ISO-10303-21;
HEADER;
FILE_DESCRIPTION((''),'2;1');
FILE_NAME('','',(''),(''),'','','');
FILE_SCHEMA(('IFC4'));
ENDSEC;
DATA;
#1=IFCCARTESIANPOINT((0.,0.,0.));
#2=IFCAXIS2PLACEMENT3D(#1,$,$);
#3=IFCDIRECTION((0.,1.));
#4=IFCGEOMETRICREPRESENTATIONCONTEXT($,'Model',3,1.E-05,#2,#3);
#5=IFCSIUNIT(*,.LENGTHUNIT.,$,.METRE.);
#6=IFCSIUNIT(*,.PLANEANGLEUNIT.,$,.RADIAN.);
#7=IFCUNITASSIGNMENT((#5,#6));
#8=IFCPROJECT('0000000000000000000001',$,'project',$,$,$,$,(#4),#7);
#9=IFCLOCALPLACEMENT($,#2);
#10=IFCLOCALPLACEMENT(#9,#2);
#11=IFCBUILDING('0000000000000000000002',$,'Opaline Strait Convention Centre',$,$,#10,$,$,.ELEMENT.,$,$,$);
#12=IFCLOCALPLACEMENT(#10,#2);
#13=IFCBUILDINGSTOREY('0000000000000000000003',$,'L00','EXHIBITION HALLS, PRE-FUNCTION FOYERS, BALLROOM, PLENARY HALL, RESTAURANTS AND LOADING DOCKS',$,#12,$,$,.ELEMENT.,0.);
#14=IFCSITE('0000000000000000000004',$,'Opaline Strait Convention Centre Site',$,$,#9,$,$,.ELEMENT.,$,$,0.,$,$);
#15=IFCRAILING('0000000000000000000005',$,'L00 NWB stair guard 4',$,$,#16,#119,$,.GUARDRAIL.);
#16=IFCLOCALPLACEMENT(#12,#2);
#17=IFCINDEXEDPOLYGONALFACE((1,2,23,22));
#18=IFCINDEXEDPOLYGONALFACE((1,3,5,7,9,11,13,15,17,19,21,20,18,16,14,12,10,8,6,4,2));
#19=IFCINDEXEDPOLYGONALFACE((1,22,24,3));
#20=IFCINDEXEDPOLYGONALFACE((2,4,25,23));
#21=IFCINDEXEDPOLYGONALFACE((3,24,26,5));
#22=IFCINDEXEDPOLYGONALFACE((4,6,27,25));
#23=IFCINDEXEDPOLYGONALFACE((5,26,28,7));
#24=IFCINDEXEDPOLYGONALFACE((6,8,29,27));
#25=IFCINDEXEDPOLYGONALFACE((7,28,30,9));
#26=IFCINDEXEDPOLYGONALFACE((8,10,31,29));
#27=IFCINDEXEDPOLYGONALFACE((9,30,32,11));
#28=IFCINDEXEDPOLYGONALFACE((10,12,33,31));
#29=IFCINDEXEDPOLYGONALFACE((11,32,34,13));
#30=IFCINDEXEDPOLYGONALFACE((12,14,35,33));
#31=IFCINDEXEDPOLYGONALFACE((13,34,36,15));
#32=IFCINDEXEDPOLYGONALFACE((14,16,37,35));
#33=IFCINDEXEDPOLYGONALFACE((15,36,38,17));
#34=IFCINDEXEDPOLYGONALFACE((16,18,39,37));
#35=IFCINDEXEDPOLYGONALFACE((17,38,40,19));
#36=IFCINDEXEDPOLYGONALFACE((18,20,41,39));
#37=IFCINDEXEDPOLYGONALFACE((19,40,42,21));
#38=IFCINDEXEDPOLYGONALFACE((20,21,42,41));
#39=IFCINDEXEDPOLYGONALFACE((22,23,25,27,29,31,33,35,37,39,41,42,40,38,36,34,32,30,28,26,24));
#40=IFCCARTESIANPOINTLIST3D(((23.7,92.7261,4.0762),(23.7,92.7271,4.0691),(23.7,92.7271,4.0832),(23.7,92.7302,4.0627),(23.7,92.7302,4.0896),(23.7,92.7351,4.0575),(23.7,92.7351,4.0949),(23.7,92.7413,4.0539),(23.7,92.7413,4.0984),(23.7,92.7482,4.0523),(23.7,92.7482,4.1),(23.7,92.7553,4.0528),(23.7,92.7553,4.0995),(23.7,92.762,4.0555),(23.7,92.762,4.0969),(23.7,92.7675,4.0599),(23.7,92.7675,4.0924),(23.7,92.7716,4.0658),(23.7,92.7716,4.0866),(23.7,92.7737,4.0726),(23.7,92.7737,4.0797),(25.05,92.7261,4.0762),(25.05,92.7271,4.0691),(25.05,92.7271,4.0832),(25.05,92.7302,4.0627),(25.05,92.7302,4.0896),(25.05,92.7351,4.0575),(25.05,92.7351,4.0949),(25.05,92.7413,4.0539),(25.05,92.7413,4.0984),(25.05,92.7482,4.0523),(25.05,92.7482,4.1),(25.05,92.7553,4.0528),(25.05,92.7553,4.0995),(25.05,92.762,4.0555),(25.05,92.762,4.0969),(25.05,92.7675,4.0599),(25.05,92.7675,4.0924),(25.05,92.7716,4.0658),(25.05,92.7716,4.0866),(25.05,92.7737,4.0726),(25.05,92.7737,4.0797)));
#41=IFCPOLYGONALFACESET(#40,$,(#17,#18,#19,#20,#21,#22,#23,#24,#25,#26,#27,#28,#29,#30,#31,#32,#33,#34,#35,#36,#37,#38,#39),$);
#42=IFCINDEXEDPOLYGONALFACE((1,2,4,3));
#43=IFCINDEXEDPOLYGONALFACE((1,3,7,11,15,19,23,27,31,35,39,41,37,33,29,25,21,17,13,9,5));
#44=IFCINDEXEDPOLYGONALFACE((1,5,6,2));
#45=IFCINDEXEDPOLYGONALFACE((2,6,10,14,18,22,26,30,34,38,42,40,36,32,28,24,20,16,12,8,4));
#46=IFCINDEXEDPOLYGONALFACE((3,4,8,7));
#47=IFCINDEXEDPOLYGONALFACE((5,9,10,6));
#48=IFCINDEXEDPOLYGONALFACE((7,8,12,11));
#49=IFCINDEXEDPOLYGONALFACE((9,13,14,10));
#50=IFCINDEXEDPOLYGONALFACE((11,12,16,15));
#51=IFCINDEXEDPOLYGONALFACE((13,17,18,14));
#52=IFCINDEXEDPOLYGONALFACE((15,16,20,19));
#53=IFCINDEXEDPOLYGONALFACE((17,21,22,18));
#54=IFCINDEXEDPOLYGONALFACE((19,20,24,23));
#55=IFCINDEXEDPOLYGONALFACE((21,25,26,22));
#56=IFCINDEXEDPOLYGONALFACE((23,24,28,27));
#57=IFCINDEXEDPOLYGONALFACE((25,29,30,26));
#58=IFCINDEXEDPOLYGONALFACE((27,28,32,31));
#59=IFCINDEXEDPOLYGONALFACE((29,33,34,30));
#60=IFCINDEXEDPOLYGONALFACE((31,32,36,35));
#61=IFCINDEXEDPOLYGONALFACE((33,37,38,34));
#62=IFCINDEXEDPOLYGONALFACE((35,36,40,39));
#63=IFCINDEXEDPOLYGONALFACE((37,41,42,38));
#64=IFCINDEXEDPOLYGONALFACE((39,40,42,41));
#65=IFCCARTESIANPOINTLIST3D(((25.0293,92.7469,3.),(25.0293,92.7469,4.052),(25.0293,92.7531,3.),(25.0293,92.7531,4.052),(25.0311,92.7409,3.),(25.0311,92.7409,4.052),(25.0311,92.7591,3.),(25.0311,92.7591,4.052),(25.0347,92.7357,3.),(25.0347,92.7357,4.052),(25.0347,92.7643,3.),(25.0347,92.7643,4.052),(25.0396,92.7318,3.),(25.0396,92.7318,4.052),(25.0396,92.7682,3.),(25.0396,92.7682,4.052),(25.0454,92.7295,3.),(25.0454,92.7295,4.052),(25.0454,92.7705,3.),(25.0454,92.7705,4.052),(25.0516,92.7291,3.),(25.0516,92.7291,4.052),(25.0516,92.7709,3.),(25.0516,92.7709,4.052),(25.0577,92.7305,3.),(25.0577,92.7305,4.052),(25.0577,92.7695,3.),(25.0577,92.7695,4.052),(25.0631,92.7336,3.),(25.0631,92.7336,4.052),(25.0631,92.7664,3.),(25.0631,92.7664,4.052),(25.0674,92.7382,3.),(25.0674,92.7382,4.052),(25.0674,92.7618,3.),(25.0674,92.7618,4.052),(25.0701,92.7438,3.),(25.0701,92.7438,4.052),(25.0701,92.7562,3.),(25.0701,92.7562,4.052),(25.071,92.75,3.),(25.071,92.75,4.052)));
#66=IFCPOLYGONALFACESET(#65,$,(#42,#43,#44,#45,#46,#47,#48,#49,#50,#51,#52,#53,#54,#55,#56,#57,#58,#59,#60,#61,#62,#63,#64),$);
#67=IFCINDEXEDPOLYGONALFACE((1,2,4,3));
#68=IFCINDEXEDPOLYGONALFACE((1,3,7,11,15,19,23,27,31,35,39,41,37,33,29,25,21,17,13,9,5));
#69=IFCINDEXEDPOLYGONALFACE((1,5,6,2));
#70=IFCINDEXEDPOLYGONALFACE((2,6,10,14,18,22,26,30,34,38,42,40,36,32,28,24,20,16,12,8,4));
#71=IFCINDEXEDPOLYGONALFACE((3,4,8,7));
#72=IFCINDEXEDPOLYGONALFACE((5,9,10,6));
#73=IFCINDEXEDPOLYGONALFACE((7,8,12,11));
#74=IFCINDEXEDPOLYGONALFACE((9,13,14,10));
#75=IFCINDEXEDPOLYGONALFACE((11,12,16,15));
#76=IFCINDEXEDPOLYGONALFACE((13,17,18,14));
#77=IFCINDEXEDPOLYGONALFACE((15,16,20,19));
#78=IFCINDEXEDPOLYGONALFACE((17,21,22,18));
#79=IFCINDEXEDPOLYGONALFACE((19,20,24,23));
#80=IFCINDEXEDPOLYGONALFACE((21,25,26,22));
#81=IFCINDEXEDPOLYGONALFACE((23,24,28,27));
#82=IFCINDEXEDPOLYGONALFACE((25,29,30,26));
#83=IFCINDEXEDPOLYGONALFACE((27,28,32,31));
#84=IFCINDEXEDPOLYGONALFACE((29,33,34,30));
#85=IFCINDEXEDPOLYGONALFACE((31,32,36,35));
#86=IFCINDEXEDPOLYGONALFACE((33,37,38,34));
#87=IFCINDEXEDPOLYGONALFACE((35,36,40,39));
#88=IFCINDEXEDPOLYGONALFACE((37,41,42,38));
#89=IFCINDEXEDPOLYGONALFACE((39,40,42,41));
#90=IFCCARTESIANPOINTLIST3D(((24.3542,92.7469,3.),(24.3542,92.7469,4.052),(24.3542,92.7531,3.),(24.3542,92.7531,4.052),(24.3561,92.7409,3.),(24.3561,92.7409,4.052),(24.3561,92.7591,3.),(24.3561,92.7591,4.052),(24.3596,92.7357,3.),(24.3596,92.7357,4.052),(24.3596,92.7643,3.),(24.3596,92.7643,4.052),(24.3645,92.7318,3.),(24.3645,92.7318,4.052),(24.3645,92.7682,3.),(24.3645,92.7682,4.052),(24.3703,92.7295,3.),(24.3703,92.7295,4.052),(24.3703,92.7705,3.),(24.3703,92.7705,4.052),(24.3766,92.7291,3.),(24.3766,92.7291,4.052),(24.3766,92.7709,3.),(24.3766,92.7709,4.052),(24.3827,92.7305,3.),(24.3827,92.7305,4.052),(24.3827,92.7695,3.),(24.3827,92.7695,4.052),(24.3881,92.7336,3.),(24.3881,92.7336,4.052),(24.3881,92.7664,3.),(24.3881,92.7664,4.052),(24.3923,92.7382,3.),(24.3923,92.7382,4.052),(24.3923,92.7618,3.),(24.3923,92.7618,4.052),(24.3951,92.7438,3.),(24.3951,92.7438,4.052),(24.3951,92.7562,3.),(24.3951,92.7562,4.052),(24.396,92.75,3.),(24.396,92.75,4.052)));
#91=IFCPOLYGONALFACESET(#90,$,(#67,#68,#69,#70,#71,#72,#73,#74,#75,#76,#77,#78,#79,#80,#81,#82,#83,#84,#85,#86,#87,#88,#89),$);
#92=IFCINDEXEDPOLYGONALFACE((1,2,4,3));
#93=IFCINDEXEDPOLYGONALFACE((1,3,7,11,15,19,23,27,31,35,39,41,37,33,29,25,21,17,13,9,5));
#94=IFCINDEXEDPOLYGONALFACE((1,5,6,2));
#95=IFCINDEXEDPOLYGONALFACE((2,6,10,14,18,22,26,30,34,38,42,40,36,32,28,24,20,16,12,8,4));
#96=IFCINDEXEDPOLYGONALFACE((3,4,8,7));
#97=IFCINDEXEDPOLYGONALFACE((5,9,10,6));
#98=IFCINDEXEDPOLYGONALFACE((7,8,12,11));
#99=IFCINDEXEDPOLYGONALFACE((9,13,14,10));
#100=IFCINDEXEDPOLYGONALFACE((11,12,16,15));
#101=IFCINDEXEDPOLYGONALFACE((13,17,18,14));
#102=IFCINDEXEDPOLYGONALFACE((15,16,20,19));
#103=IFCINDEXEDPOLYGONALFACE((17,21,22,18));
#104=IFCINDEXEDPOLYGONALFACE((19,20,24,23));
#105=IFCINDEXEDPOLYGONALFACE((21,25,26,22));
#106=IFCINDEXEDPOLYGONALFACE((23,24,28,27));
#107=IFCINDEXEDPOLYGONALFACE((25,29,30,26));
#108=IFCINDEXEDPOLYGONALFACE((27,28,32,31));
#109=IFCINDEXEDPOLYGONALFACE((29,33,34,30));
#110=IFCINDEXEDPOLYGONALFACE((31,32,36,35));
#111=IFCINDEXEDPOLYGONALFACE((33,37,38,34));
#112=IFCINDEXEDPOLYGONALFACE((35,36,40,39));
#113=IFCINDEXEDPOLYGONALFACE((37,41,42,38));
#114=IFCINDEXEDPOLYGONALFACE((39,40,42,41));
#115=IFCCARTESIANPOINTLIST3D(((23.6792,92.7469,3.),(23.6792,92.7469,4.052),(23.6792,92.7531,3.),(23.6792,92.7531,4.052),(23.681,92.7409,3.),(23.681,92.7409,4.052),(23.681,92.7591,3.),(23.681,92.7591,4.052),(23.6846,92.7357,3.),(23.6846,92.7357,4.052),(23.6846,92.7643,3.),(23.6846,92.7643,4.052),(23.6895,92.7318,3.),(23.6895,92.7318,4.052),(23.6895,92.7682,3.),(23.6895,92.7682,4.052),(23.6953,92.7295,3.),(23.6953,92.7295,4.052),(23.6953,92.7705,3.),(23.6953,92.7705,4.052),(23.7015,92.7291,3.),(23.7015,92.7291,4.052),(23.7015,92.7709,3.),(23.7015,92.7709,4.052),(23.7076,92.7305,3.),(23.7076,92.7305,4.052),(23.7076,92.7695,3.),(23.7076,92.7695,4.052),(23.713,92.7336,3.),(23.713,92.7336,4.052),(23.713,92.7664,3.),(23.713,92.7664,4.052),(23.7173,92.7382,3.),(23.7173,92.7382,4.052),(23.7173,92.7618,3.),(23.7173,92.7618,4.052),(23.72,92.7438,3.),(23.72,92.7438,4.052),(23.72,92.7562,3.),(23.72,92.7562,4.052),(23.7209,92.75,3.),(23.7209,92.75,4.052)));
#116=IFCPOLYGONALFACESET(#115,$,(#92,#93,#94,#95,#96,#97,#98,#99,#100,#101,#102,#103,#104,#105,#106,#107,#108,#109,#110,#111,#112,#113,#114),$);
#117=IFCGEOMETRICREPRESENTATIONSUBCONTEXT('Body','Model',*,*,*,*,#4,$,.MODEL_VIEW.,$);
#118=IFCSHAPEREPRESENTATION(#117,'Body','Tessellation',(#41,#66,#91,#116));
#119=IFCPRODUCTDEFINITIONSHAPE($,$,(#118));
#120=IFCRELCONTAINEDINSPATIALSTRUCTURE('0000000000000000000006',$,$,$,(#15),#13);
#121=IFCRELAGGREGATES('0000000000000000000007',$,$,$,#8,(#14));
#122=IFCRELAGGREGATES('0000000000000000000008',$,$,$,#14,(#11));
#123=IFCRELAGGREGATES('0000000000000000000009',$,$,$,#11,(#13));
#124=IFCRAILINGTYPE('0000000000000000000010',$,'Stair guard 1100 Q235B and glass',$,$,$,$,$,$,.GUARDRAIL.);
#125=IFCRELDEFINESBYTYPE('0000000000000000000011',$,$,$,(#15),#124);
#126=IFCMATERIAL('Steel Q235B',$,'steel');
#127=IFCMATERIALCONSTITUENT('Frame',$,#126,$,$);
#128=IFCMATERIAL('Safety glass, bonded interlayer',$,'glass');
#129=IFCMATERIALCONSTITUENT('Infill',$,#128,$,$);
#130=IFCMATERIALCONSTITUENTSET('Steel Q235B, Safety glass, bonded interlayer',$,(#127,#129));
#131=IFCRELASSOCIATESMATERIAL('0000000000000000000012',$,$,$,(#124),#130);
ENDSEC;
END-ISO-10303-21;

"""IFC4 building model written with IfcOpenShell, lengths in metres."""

from ifc_helpers import new_model, si_unit, direction, frame, origin, origin_2d, place, context, subcontext, project, spatial, circle, extrude, material, constituent, constituent_set, type_object, element, save


model = new_model("IFC4")

# Units and contexts
model_context = context("Model", 3, precision=1e-05, world=origin(), true_north=direction((0.0, 1.0)))
body_context = subcontext(model_context, "Body", "Model", "MODEL_VIEW")
ifc_project = project(units=[si_unit("LENGTHUNIT", "METRE"), si_unit("PLANEANGLEUNIT", "RADIAN")], contexts=[model_context])

# Site, building, storey
site_placement = place(None, origin())
site = spatial("IfcSite", under=ifc_project, at=site_placement, Name="Opaline Strait Convention Centre Site", CompositionType="ELEMENT", RefElevation=0.0)
building_placement = place(site_placement, origin())
building = spatial("IfcBuilding", under=site, at=building_placement, Name="Opaline Strait Convention Centre", CompositionType="ELEMENT")
storey_placement = place(building_placement, origin())
storey = spatial("IfcBuildingStorey", under=building, at=storey_placement, Name="L00", Description="EXHIBITION HALLS, PRE-FUNCTION FOYERS, BALLROOM, PLENARY HALL, RESTAURANTS AND LOADING DOCKS", CompositionType="ELEMENT", Elevation=0.0)

# Railing
ifc_material_1 = material(Name="Steel Q235B", Category="steel")
ifc_constituent_1 = constituent(ifc_material_1, Name="Frame")
ifc_material_2 = material(Name="Safety glass, bonded interlayer", Category="glass")
ifc_constituent_2 = constituent(ifc_material_2, Name="Infill")
ifc_constituent_set = constituent_set(constituents=[ifc_constituent_1, ifc_constituent_2], Name="Steel Q235B, Safety glass, bonded interlayer")
railing_type_1 = type_object("IfcRailingType", Name="Stair guard 1100 Q235B and glass", PredefinedType="GUARDRAIL", material=ifc_constituent_set)
railing_1_placement = place(storey_placement, frame((25.05, 92.75, 3.0)))
element("IfcRailing", 1, at=railing_1_placement, inside=storey, type_object=railing_type_1, Name="L00 NWB stair guard 4", PredefinedType="GUARDRAIL", context=body_context, shape_type="SweptSolid", body=[
    extrude(circle(Radius=0.0239, at=origin_2d()), frame((0.0, 0.0, 1.0762), z_axis=(-1.0, 0.0, 0.0), x_axis=(0.0, -1.0, 0.0)), (0.0, 0.0, 1.0), 1.3501),
    extrude(circle(Radius=0.021, at=origin_2d()), origin(), (0.0, 0.0, 1.0), 1.052),
    extrude(circle(Radius=0.021, at=origin_2d()), frame((-0.675, 0.0, 0.0)), (0.0, 0.0, 1.0), 1.052),
    extrude(circle(Radius=0.021, at=origin_2d()), frame((-1.3501, 0.0, 0.0)), (0.0, 0.0, 1.0), 1.052),
])

save(model, "model.ifc")
